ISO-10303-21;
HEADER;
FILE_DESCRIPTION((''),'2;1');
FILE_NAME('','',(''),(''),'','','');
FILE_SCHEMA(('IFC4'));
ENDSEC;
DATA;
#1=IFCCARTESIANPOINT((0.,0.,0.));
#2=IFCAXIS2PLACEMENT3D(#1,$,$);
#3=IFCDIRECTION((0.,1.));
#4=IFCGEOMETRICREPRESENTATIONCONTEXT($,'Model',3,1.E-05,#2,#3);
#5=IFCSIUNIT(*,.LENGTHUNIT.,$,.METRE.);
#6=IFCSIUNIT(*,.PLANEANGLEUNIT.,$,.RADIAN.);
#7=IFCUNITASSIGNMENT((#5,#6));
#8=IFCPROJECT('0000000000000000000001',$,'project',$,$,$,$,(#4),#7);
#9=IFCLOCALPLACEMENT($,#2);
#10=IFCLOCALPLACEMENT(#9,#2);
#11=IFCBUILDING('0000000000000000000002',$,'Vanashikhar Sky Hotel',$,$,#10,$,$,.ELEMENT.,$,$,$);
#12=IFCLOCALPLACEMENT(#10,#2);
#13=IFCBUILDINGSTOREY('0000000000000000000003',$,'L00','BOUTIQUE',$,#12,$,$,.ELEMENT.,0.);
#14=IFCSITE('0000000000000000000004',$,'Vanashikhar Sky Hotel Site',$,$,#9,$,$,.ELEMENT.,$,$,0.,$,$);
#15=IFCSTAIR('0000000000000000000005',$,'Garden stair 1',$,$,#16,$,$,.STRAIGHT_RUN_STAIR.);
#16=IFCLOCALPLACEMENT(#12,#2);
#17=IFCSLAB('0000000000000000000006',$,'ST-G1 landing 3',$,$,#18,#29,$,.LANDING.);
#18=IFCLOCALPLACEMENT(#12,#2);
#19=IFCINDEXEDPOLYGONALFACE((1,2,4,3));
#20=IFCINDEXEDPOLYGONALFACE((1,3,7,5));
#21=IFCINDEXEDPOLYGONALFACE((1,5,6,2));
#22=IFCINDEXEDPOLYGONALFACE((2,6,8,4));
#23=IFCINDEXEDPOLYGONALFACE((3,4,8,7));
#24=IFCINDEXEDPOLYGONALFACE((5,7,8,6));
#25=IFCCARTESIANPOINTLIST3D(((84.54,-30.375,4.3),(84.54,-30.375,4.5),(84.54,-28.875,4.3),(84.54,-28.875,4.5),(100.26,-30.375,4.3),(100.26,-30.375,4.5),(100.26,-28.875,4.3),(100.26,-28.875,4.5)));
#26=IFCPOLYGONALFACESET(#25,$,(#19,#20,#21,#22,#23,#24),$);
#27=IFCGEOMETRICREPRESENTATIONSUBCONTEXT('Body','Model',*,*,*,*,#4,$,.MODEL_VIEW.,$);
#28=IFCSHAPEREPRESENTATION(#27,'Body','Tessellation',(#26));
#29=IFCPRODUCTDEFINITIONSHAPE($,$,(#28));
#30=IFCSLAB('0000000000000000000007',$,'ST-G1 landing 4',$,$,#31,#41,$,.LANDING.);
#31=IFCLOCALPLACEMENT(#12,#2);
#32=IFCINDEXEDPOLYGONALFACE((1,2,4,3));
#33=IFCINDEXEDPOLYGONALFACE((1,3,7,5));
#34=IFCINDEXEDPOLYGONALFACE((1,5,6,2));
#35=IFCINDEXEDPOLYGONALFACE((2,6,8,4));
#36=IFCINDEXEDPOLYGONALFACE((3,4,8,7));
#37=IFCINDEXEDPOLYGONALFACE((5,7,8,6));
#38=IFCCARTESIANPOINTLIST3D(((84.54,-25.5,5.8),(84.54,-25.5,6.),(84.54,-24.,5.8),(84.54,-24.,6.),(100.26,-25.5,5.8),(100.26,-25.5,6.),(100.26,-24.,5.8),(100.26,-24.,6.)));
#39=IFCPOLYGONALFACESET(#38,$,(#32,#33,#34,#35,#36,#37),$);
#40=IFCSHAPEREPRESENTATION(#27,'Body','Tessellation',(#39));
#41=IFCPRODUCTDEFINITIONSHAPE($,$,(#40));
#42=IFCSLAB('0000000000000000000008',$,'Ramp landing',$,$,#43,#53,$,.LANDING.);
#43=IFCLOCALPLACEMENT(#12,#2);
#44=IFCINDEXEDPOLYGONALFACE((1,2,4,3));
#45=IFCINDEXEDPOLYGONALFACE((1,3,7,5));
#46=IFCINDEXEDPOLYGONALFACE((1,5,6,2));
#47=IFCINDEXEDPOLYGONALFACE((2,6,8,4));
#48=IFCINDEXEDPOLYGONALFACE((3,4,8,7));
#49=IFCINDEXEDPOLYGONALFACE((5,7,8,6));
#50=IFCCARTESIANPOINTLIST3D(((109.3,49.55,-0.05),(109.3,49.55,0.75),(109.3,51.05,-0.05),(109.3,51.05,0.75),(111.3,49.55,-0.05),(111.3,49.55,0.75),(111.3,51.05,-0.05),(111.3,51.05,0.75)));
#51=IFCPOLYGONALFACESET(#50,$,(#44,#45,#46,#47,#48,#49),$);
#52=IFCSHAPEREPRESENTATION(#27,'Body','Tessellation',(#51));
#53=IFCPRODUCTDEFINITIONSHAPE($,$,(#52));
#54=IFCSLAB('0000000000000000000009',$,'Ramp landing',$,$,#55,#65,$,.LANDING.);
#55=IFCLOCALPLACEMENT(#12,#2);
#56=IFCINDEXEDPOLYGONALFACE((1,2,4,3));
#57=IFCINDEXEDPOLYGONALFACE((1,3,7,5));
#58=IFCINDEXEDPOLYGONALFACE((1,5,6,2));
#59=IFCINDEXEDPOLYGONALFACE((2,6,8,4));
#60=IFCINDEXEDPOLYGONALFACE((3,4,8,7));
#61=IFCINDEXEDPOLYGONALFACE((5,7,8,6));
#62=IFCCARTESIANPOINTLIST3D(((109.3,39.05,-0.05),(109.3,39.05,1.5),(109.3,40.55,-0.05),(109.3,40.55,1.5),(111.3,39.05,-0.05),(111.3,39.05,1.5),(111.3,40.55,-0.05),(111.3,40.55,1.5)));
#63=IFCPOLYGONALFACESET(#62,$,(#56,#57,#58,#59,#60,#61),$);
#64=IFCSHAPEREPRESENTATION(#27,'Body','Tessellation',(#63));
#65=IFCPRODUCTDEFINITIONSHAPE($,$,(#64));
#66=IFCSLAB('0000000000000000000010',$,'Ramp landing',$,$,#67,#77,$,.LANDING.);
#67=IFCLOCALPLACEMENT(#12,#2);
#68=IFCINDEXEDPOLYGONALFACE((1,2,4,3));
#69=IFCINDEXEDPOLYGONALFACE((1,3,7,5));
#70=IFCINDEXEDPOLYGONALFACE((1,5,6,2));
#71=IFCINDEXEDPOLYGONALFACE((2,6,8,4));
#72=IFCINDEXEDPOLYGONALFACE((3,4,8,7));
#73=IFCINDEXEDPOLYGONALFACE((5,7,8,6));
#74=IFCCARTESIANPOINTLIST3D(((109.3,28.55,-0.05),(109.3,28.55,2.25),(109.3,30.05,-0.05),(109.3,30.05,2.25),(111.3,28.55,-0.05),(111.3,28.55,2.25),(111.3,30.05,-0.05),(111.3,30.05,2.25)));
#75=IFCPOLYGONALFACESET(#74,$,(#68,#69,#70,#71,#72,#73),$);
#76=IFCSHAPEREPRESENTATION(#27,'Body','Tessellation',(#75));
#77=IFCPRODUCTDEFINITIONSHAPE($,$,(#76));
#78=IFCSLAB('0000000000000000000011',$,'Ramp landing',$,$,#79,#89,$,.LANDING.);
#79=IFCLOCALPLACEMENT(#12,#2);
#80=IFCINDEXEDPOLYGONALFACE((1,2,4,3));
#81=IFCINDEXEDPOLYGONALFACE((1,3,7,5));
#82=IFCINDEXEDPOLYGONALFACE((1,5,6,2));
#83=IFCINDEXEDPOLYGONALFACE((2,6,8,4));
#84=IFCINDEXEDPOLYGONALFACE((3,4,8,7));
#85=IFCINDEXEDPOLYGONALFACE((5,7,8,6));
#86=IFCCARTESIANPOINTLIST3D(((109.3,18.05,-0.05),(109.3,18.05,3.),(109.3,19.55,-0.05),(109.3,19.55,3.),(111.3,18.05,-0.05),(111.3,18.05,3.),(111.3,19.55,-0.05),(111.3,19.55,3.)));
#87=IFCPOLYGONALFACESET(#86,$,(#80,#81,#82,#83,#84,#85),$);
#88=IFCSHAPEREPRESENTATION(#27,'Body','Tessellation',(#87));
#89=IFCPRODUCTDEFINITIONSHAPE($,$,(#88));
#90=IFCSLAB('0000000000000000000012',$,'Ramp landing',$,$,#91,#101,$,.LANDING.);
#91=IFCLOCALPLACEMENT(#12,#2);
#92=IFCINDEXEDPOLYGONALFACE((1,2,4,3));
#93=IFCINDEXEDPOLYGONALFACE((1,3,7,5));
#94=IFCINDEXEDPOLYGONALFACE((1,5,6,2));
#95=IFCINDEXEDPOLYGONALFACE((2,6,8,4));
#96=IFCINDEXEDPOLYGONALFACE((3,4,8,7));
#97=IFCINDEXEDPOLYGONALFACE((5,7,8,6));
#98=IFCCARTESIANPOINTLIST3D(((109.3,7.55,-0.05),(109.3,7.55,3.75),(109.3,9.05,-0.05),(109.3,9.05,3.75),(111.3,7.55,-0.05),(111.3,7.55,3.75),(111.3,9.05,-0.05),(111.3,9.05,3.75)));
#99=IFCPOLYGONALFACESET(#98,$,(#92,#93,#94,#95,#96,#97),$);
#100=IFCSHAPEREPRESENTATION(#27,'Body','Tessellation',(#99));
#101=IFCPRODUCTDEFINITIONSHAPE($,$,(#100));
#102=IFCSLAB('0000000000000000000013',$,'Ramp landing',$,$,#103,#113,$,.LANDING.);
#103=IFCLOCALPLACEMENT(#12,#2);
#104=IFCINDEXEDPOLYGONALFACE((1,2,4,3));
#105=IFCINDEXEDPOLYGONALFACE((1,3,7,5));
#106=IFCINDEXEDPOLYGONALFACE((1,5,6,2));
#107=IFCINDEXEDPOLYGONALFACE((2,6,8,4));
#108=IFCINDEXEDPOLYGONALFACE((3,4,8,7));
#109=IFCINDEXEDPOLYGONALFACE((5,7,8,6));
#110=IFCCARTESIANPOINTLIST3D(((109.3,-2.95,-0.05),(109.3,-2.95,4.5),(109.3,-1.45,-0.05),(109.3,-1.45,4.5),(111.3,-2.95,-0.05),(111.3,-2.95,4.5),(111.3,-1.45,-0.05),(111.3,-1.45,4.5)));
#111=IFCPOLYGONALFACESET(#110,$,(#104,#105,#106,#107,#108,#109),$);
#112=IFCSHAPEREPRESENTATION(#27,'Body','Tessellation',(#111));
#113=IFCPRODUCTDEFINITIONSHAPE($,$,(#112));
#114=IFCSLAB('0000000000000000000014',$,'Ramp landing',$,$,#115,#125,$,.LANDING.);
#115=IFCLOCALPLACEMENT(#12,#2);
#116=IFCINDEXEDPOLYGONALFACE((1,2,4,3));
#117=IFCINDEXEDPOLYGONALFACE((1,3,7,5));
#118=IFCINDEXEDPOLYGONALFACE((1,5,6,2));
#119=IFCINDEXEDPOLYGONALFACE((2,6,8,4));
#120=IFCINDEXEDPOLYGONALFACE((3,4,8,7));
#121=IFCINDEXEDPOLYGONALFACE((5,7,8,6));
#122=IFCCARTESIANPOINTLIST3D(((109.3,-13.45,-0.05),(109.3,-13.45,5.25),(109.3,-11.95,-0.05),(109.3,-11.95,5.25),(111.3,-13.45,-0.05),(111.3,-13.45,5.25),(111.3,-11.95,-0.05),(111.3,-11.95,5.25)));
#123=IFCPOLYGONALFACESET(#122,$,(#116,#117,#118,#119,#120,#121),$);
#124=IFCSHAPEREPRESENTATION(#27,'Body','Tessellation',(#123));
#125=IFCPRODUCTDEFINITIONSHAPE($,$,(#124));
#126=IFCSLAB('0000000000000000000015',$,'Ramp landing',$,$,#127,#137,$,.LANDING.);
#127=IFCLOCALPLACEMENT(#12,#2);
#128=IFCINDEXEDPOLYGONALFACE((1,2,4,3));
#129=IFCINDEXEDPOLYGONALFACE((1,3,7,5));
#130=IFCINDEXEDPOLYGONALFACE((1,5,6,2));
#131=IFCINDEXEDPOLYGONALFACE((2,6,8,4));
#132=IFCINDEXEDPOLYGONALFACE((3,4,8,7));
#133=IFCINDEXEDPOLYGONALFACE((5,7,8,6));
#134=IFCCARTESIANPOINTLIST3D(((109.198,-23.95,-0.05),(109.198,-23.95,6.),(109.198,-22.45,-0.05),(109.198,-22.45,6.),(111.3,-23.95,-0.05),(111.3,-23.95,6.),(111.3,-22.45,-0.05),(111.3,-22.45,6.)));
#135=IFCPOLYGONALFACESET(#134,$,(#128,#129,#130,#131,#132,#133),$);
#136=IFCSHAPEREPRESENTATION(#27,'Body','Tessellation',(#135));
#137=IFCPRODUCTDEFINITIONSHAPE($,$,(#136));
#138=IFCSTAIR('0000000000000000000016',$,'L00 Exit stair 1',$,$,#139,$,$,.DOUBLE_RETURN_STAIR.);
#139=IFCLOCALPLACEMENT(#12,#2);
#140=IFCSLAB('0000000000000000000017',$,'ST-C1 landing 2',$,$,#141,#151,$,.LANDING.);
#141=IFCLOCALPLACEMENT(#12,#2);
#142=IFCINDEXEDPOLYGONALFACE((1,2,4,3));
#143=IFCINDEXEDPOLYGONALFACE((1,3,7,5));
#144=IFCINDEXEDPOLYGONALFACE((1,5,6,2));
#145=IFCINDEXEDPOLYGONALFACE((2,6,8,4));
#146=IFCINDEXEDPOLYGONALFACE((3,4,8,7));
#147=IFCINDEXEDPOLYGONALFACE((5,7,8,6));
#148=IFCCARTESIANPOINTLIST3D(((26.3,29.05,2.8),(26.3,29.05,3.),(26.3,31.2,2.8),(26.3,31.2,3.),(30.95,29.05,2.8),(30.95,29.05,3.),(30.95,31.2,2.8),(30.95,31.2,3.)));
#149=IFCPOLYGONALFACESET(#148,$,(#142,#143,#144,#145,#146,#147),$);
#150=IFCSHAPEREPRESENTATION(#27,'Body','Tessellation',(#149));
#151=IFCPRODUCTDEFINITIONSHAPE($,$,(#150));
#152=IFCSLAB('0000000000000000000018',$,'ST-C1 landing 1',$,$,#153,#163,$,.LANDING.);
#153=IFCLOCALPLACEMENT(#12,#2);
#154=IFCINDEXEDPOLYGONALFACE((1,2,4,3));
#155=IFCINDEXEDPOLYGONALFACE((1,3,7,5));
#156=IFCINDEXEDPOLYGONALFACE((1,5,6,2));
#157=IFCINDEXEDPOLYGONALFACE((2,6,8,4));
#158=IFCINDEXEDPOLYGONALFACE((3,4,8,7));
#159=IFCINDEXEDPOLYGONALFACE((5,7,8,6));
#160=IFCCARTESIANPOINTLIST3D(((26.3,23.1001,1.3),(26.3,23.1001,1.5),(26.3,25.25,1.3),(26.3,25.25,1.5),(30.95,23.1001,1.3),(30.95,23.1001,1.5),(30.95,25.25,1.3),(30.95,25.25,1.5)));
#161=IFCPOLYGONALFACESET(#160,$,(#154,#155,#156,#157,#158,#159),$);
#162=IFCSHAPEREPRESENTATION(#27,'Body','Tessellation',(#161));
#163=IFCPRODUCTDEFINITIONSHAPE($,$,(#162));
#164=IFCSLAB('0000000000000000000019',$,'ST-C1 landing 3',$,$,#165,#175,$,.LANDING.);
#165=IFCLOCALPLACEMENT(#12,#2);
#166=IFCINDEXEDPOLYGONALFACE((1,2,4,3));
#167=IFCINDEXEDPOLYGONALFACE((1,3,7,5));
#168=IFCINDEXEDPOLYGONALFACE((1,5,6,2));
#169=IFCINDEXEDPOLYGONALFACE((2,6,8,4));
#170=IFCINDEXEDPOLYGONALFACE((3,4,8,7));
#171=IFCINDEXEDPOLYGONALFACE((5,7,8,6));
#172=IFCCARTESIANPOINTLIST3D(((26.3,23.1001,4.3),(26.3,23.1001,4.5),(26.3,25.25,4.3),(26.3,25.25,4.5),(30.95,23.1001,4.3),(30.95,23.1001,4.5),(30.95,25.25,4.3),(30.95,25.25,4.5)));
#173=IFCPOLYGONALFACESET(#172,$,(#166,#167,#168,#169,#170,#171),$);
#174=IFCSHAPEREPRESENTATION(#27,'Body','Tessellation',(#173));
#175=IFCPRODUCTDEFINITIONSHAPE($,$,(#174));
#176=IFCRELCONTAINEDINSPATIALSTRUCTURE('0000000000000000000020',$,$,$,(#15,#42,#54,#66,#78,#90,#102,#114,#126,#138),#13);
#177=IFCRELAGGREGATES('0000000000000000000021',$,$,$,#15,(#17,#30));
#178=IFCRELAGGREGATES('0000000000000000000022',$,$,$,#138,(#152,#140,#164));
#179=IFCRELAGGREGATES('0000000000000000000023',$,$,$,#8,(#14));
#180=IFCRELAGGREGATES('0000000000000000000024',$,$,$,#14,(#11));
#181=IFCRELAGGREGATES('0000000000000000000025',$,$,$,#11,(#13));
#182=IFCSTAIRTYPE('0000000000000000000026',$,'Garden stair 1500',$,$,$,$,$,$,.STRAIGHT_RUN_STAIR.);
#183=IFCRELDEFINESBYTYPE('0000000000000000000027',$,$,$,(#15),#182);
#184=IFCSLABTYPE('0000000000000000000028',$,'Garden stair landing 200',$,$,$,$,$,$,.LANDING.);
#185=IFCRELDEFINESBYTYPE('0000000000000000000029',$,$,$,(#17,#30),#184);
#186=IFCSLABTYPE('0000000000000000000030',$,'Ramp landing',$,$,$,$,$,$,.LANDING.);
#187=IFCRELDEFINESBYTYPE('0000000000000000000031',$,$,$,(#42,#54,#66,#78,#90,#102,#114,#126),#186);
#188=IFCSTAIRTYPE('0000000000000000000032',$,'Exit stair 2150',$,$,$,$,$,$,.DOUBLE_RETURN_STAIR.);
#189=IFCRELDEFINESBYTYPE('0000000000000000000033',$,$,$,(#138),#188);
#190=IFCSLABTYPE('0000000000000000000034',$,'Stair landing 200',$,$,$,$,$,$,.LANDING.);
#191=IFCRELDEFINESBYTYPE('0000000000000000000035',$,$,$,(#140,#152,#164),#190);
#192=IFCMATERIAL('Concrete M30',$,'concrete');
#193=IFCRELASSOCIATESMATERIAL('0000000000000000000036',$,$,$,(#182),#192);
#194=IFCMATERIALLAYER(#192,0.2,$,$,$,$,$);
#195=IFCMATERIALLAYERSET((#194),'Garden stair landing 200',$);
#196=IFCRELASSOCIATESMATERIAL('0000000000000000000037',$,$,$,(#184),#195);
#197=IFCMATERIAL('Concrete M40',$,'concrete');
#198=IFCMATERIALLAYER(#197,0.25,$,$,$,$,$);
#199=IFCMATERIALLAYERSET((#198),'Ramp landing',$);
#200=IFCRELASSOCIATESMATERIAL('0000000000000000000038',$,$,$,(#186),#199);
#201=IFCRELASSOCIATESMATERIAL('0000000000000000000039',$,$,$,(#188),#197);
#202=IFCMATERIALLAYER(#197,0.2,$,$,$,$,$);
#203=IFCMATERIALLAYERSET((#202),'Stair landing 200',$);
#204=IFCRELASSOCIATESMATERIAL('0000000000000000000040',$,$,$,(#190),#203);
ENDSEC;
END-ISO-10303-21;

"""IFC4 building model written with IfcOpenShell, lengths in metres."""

from ifc_helpers import new_model, si_unit, direction, frame, origin, place, context, subcontext, project, spatial, polyline, outline, extrude, source, transform, mapped, material, layer, layer_set, type_object, element, aggregate, save


model = new_model("IFC4")

# Units and contexts
model_context = context("Model", 3, precision=1e-05, world=origin(), true_north=direction((0.0, 1.0)))
body_context = subcontext(model_context, "Body", "Model", "MODEL_VIEW")
ifc_project = project(units=[si_unit("LENGTHUNIT", "METRE"), si_unit("PLANEANGLEUNIT", "RADIAN")], contexts=[model_context])

# Site, building, storey
site_placement = place(None, origin())
site = spatial("IfcSite", under=ifc_project, at=site_placement, Name="Vanashikhar Sky Hotel Site", CompositionType="ELEMENT", RefElevation=0.0)
building_placement = place(site_placement, origin())
building = spatial("IfcBuilding", under=site, at=building_placement, Name="Vanashikhar Sky Hotel", CompositionType="ELEMENT")
storey_placement = place(building_placement, origin())
storey = spatial("IfcBuildingStorey", under=building, at=storey_placement, Name="L00", Description="BOUTIQUE", CompositionType="ELEMENT", Elevation=0.0)

# Stair, slabs
ifc_material_1 = material(Name="Concrete M30", Category="concrete")
stair_type_1 = type_object("IfcStairType", Name="Garden stair 1500", PredefinedType="STRAIGHT_RUN_STAIR", material=ifc_material_1)
stair_1_placement = place(storey_placement, origin())
stair_1 = element("IfcStair", 1, at=stair_1_placement, inside=storey, type_object=stair_type_1, Name="Garden stair 1", PredefinedType="STRAIGHT_RUN_STAIR")
ifc_layer_1 = layer(ifc_material_1, 0.2)
ifc_layer_set_1 = layer_set([ifc_layer_1], Name="Garden stair landing 200")
slab_type_1 = type_object("IfcSlabType", Name="Garden stair landing 200", PredefinedType="LANDING", material=ifc_layer_set_1)
shared_shape_1 = source(origin(), body_context, "Body", "SweptSolid", [
    extrude(outline(polyline([(84.54, -30.375), (100.26, -30.375), (100.26, -28.875), (84.54, -28.875), (84.54, -30.375)])), origin(), (0.0, 0.0, 1.0), 0.2),
])
slab_1_placement = place(storey_placement, frame((0.0, 0.0, 4.3)))
slab_1 = element("IfcSlab", 2, at=slab_1_placement, type_object=slab_type_1, Name="ST-G1 landing 3", PredefinedType="LANDING", context=body_context, shape_type="MappedRepresentation", body=[
    mapped(shared_shape_1, transform((0.0, 0.0, 0.0), scale=1.0)),
])
shared_shape_2 = source(origin(), body_context, "Body", "SweptSolid", [
    extrude(outline(polyline([(84.54, -25.5), (100.26, -25.5), (100.26, -24.0), (84.54, -24.0), (84.54, -25.5)])), origin(), (0.0, 0.0, 1.0), 0.2),
])
slab_2_placement = place(storey_placement, frame((0.0, 0.0, 5.8)))
slab_2 = element("IfcSlab", 3, at=slab_2_placement, type_object=slab_type_1, Name="ST-G1 landing 4", PredefinedType="LANDING", context=body_context, shape_type="MappedRepresentation", body=[
    mapped(shared_shape_2, transform((0.0, 0.0, 0.0), scale=1.0)),
])
aggregate(stair_1, [slab_1, slab_2])

# Slabs
ifc_material_2 = material(Name="Concrete M40", Category="concrete")
ifc_layer_2 = layer(ifc_material_2, 0.25)
ifc_layer_set_2 = layer_set([ifc_layer_2], Name="Ramp landing")
slab_type_2 = type_object("IfcSlabType", Name="Ramp landing", PredefinedType="LANDING", material=ifc_layer_set_2)
shared_shape_3 = source(origin(), body_context, "Body", "SweptSolid", [
    extrude(outline(polyline([(109.3, 51.05), (111.3, 51.05), (111.3, 49.55), (109.3, 49.55), (109.3, 51.05)])), origin(), (0.0, 0.0, 1.0), 0.8),
])
slab_3_placement = place(storey_placement, frame((0.0, 0.0, -0.05)))
element("IfcSlab", 4, at=slab_3_placement, inside=storey, type_object=slab_type_2, Name="Ramp landing", PredefinedType="LANDING", context=body_context, shape_type="MappedRepresentation", body=[
    mapped(shared_shape_3, transform((0.0, 0.0, 0.0), scale=1.0)),
])
shared_shape_4 = source(origin(), body_context, "Body", "SweptSolid", [
    extrude(outline(polyline([(109.3, 40.55), (111.3, 40.55), (111.3, 39.05), (109.3, 39.05), (109.3, 40.55)])), origin(), (0.0, 0.0, 1.0), 1.55),
])
slab_4_placement = place(storey_placement, frame((0.0, 0.0, -0.05)))
element("IfcSlab", 5, at=slab_4_placement, inside=storey, type_object=slab_type_2, Name="Ramp landing", PredefinedType="LANDING", context=body_context, shape_type="MappedRepresentation", body=[
    mapped(shared_shape_4, transform((0.0, 0.0, 0.0), scale=1.0)),
])
shared_shape_5 = source(origin(), body_context, "Body", "SweptSolid", [
    extrude(outline(polyline([(109.3, 30.05), (111.3, 30.05), (111.3, 28.55), (109.3, 28.55), (109.3, 30.05)])), origin(), (0.0, 0.0, 1.0), 2.3),
])
slab_5_placement = place(storey_placement, frame((0.0, 0.0, -0.05)))
element("IfcSlab", 6, at=slab_5_placement, inside=storey, type_object=slab_type_2, Name="Ramp landing", PredefinedType="LANDING", context=body_context, shape_type="MappedRepresentation", body=[
    mapped(shared_shape_5, transform((0.0, 0.0, 0.0), scale=1.0)),
])
shared_shape_6 = source(origin(), body_context, "Body", "SweptSolid", [
    extrude(outline(polyline([(109.3, 19.55), (111.3, 19.55), (111.3, 18.05), (109.3, 18.05), (109.3, 19.55)])), origin(), (0.0, 0.0, 1.0), 3.05),
])
slab_6_placement = place(storey_placement, frame((0.0, 0.0, -0.05)))
element("IfcSlab", 7, at=slab_6_placement, inside=storey, type_object=slab_type_2, Name="Ramp landing", PredefinedType="LANDING", context=body_context, shape_type="MappedRepresentation", body=[
    mapped(shared_shape_6, transform((0.0, 0.0, 0.0), scale=1.0)),
])
shared_shape_7 = source(origin(), body_context, "Body", "SweptSolid", [
    extrude(outline(polyline([(109.3, 9.05), (111.3, 9.05), (111.3, 7.55), (109.3, 7.55), (109.3, 9.05)])), origin(), (0.0, 0.0, 1.0), 3.8),
])
slab_7_placement = place(storey_placement, frame((0.0, 0.0, -0.05)))
element("IfcSlab", 8, at=slab_7_placement, inside=storey, type_object=slab_type_2, Name="Ramp landing", PredefinedType="LANDING", context=body_context, shape_type="MappedRepresentation", body=[
    mapped(shared_shape_7, transform((0.0, 0.0, 0.0), scale=1.0)),
])
shared_shape_8 = source(origin(), body_context, "Body", "SweptSolid", [
    extrude(outline(polyline([(109.3, -1.45), (111.3, -1.45), (111.3, -2.95), (109.3, -2.95), (109.3, -1.45)])), origin(), (0.0, 0.0, 1.0), 4.55),
])
slab_8_placement = place(storey_placement, frame((0.0, 0.0, -0.05)))
element("IfcSlab", 9, at=slab_8_placement, inside=storey, type_object=slab_type_2, Name="Ramp landing", PredefinedType="LANDING", context=body_context, shape_type="MappedRepresentation", body=[
    mapped(shared_shape_8, transform((0.0, 0.0, 0.0), scale=1.0)),
])
shared_shape_9 = source(origin(), body_context, "Body", "SweptSolid", [
    extrude(outline(polyline([(109.3, -11.95), (111.3, -11.95), (111.3, -13.45), (109.3, -13.45), (109.3, -11.95)])), origin(), (0.0, 0.0, 1.0), 5.3),
])
slab_9_placement = place(storey_placement, frame((0.0, 0.0, -0.05)))
element("IfcSlab", 10, at=slab_9_placement, inside=storey, type_object=slab_type_2, Name="Ramp landing", PredefinedType="LANDING", context=body_context, shape_type="MappedRepresentation", body=[
    mapped(shared_shape_9, transform((0.0, 0.0, 0.0), scale=1.0)),
])
shared_shape_10 = source(origin(), body_context, "Body", "SweptSolid", [
    extrude(outline(polyline([(109.198, -22.45), (111.3, -22.45), (111.3, -23.95), (109.198, -23.95), (109.198, -22.45)])), origin(), (0.0, 0.0, 1.0), 6.05),
])
slab_10_placement = place(storey_placement, frame((0.0, 0.0, -0.05)))
element("IfcSlab", 11, at=slab_10_placement, inside=storey, type_object=slab_type_2, Name="Ramp landing", PredefinedType="LANDING", context=body_context, shape_type="MappedRepresentation", body=[
    mapped(shared_shape_10, transform((0.0, 0.0, 0.0), scale=1.0)),
])

# Stair, slabs
stair_type_2 = type_object("IfcStairType", Name="Exit stair 2150", PredefinedType="DOUBLE_RETURN_STAIR", material=ifc_material_2)
stair_2_placement = place(storey_placement, origin())
stair_2 = element("IfcStair", 12, at=stair_2_placement, inside=storey, type_object=stair_type_2, Name="L00 Exit stair 1", PredefinedType="DOUBLE_RETURN_STAIR")
ifc_layer_3 = layer(ifc_material_2, 0.2)
ifc_layer_set_3 = layer_set([ifc_layer_3], Name="Stair landing 200")
slab_type_3 = type_object("IfcSlabType", Name="Stair landing 200", PredefinedType="LANDING", material=ifc_layer_set_3)
shared_shape_11 = source(origin(), body_context, "Body", "SweptSolid", [
    extrude(outline(polyline([(30.95, 29.05), (30.95, 31.2), (26.3, 31.2), (26.3, 29.05), (30.95, 29.05)])), origin(), (0.0, 0.0, 1.0), 0.2),
])
slab_11_placement = place(storey_placement, frame((0.0, 0.0, 2.8)))
slab_11 = element("IfcSlab", 13, at=slab_11_placement, type_object=slab_type_3, Name="ST-C1 landing 2", PredefinedType="LANDING", context=body_context, shape_type="MappedRepresentation", body=[
    mapped(shared_shape_11, transform((0.0, 0.0, 0.0), scale=1.0)),
])
shared_shape_12 = source(origin(), body_context, "Body", "SweptSolid", [
    extrude(outline(polyline([(30.95, 23.1001), (30.95, 25.25), (26.3, 25.25), (26.3, 23.1001), (30.95, 23.1001)])), origin(), (0.0, 0.0, 1.0), 0.2),
])
slab_12_placement = place(storey_placement, frame((0.0, 0.0, 1.3)))
slab_12 = element("IfcSlab", 14, at=slab_12_placement, type_object=slab_type_3, Name="ST-C1 landing 1", PredefinedType="LANDING", context=body_context, shape_type="MappedRepresentation", body=[
    mapped(shared_shape_12, transform((0.0, 0.0, 0.0), scale=1.0)),
])
slab_13_placement = place(storey_placement, frame((0.0, 0.0, 4.3)))
slab_13 = element("IfcSlab", 15, at=slab_13_placement, type_object=slab_type_3, Name="ST-C1 landing 3", PredefinedType="LANDING", context=body_context, shape_type="MappedRepresentation", body=[
    mapped(shared_shape_12, transform((0.0, 0.0, 0.0), scale=1.0)),
])
aggregate(stair_2, [slab_12, slab_11, slab_13])

save(model, "model.ifc")
